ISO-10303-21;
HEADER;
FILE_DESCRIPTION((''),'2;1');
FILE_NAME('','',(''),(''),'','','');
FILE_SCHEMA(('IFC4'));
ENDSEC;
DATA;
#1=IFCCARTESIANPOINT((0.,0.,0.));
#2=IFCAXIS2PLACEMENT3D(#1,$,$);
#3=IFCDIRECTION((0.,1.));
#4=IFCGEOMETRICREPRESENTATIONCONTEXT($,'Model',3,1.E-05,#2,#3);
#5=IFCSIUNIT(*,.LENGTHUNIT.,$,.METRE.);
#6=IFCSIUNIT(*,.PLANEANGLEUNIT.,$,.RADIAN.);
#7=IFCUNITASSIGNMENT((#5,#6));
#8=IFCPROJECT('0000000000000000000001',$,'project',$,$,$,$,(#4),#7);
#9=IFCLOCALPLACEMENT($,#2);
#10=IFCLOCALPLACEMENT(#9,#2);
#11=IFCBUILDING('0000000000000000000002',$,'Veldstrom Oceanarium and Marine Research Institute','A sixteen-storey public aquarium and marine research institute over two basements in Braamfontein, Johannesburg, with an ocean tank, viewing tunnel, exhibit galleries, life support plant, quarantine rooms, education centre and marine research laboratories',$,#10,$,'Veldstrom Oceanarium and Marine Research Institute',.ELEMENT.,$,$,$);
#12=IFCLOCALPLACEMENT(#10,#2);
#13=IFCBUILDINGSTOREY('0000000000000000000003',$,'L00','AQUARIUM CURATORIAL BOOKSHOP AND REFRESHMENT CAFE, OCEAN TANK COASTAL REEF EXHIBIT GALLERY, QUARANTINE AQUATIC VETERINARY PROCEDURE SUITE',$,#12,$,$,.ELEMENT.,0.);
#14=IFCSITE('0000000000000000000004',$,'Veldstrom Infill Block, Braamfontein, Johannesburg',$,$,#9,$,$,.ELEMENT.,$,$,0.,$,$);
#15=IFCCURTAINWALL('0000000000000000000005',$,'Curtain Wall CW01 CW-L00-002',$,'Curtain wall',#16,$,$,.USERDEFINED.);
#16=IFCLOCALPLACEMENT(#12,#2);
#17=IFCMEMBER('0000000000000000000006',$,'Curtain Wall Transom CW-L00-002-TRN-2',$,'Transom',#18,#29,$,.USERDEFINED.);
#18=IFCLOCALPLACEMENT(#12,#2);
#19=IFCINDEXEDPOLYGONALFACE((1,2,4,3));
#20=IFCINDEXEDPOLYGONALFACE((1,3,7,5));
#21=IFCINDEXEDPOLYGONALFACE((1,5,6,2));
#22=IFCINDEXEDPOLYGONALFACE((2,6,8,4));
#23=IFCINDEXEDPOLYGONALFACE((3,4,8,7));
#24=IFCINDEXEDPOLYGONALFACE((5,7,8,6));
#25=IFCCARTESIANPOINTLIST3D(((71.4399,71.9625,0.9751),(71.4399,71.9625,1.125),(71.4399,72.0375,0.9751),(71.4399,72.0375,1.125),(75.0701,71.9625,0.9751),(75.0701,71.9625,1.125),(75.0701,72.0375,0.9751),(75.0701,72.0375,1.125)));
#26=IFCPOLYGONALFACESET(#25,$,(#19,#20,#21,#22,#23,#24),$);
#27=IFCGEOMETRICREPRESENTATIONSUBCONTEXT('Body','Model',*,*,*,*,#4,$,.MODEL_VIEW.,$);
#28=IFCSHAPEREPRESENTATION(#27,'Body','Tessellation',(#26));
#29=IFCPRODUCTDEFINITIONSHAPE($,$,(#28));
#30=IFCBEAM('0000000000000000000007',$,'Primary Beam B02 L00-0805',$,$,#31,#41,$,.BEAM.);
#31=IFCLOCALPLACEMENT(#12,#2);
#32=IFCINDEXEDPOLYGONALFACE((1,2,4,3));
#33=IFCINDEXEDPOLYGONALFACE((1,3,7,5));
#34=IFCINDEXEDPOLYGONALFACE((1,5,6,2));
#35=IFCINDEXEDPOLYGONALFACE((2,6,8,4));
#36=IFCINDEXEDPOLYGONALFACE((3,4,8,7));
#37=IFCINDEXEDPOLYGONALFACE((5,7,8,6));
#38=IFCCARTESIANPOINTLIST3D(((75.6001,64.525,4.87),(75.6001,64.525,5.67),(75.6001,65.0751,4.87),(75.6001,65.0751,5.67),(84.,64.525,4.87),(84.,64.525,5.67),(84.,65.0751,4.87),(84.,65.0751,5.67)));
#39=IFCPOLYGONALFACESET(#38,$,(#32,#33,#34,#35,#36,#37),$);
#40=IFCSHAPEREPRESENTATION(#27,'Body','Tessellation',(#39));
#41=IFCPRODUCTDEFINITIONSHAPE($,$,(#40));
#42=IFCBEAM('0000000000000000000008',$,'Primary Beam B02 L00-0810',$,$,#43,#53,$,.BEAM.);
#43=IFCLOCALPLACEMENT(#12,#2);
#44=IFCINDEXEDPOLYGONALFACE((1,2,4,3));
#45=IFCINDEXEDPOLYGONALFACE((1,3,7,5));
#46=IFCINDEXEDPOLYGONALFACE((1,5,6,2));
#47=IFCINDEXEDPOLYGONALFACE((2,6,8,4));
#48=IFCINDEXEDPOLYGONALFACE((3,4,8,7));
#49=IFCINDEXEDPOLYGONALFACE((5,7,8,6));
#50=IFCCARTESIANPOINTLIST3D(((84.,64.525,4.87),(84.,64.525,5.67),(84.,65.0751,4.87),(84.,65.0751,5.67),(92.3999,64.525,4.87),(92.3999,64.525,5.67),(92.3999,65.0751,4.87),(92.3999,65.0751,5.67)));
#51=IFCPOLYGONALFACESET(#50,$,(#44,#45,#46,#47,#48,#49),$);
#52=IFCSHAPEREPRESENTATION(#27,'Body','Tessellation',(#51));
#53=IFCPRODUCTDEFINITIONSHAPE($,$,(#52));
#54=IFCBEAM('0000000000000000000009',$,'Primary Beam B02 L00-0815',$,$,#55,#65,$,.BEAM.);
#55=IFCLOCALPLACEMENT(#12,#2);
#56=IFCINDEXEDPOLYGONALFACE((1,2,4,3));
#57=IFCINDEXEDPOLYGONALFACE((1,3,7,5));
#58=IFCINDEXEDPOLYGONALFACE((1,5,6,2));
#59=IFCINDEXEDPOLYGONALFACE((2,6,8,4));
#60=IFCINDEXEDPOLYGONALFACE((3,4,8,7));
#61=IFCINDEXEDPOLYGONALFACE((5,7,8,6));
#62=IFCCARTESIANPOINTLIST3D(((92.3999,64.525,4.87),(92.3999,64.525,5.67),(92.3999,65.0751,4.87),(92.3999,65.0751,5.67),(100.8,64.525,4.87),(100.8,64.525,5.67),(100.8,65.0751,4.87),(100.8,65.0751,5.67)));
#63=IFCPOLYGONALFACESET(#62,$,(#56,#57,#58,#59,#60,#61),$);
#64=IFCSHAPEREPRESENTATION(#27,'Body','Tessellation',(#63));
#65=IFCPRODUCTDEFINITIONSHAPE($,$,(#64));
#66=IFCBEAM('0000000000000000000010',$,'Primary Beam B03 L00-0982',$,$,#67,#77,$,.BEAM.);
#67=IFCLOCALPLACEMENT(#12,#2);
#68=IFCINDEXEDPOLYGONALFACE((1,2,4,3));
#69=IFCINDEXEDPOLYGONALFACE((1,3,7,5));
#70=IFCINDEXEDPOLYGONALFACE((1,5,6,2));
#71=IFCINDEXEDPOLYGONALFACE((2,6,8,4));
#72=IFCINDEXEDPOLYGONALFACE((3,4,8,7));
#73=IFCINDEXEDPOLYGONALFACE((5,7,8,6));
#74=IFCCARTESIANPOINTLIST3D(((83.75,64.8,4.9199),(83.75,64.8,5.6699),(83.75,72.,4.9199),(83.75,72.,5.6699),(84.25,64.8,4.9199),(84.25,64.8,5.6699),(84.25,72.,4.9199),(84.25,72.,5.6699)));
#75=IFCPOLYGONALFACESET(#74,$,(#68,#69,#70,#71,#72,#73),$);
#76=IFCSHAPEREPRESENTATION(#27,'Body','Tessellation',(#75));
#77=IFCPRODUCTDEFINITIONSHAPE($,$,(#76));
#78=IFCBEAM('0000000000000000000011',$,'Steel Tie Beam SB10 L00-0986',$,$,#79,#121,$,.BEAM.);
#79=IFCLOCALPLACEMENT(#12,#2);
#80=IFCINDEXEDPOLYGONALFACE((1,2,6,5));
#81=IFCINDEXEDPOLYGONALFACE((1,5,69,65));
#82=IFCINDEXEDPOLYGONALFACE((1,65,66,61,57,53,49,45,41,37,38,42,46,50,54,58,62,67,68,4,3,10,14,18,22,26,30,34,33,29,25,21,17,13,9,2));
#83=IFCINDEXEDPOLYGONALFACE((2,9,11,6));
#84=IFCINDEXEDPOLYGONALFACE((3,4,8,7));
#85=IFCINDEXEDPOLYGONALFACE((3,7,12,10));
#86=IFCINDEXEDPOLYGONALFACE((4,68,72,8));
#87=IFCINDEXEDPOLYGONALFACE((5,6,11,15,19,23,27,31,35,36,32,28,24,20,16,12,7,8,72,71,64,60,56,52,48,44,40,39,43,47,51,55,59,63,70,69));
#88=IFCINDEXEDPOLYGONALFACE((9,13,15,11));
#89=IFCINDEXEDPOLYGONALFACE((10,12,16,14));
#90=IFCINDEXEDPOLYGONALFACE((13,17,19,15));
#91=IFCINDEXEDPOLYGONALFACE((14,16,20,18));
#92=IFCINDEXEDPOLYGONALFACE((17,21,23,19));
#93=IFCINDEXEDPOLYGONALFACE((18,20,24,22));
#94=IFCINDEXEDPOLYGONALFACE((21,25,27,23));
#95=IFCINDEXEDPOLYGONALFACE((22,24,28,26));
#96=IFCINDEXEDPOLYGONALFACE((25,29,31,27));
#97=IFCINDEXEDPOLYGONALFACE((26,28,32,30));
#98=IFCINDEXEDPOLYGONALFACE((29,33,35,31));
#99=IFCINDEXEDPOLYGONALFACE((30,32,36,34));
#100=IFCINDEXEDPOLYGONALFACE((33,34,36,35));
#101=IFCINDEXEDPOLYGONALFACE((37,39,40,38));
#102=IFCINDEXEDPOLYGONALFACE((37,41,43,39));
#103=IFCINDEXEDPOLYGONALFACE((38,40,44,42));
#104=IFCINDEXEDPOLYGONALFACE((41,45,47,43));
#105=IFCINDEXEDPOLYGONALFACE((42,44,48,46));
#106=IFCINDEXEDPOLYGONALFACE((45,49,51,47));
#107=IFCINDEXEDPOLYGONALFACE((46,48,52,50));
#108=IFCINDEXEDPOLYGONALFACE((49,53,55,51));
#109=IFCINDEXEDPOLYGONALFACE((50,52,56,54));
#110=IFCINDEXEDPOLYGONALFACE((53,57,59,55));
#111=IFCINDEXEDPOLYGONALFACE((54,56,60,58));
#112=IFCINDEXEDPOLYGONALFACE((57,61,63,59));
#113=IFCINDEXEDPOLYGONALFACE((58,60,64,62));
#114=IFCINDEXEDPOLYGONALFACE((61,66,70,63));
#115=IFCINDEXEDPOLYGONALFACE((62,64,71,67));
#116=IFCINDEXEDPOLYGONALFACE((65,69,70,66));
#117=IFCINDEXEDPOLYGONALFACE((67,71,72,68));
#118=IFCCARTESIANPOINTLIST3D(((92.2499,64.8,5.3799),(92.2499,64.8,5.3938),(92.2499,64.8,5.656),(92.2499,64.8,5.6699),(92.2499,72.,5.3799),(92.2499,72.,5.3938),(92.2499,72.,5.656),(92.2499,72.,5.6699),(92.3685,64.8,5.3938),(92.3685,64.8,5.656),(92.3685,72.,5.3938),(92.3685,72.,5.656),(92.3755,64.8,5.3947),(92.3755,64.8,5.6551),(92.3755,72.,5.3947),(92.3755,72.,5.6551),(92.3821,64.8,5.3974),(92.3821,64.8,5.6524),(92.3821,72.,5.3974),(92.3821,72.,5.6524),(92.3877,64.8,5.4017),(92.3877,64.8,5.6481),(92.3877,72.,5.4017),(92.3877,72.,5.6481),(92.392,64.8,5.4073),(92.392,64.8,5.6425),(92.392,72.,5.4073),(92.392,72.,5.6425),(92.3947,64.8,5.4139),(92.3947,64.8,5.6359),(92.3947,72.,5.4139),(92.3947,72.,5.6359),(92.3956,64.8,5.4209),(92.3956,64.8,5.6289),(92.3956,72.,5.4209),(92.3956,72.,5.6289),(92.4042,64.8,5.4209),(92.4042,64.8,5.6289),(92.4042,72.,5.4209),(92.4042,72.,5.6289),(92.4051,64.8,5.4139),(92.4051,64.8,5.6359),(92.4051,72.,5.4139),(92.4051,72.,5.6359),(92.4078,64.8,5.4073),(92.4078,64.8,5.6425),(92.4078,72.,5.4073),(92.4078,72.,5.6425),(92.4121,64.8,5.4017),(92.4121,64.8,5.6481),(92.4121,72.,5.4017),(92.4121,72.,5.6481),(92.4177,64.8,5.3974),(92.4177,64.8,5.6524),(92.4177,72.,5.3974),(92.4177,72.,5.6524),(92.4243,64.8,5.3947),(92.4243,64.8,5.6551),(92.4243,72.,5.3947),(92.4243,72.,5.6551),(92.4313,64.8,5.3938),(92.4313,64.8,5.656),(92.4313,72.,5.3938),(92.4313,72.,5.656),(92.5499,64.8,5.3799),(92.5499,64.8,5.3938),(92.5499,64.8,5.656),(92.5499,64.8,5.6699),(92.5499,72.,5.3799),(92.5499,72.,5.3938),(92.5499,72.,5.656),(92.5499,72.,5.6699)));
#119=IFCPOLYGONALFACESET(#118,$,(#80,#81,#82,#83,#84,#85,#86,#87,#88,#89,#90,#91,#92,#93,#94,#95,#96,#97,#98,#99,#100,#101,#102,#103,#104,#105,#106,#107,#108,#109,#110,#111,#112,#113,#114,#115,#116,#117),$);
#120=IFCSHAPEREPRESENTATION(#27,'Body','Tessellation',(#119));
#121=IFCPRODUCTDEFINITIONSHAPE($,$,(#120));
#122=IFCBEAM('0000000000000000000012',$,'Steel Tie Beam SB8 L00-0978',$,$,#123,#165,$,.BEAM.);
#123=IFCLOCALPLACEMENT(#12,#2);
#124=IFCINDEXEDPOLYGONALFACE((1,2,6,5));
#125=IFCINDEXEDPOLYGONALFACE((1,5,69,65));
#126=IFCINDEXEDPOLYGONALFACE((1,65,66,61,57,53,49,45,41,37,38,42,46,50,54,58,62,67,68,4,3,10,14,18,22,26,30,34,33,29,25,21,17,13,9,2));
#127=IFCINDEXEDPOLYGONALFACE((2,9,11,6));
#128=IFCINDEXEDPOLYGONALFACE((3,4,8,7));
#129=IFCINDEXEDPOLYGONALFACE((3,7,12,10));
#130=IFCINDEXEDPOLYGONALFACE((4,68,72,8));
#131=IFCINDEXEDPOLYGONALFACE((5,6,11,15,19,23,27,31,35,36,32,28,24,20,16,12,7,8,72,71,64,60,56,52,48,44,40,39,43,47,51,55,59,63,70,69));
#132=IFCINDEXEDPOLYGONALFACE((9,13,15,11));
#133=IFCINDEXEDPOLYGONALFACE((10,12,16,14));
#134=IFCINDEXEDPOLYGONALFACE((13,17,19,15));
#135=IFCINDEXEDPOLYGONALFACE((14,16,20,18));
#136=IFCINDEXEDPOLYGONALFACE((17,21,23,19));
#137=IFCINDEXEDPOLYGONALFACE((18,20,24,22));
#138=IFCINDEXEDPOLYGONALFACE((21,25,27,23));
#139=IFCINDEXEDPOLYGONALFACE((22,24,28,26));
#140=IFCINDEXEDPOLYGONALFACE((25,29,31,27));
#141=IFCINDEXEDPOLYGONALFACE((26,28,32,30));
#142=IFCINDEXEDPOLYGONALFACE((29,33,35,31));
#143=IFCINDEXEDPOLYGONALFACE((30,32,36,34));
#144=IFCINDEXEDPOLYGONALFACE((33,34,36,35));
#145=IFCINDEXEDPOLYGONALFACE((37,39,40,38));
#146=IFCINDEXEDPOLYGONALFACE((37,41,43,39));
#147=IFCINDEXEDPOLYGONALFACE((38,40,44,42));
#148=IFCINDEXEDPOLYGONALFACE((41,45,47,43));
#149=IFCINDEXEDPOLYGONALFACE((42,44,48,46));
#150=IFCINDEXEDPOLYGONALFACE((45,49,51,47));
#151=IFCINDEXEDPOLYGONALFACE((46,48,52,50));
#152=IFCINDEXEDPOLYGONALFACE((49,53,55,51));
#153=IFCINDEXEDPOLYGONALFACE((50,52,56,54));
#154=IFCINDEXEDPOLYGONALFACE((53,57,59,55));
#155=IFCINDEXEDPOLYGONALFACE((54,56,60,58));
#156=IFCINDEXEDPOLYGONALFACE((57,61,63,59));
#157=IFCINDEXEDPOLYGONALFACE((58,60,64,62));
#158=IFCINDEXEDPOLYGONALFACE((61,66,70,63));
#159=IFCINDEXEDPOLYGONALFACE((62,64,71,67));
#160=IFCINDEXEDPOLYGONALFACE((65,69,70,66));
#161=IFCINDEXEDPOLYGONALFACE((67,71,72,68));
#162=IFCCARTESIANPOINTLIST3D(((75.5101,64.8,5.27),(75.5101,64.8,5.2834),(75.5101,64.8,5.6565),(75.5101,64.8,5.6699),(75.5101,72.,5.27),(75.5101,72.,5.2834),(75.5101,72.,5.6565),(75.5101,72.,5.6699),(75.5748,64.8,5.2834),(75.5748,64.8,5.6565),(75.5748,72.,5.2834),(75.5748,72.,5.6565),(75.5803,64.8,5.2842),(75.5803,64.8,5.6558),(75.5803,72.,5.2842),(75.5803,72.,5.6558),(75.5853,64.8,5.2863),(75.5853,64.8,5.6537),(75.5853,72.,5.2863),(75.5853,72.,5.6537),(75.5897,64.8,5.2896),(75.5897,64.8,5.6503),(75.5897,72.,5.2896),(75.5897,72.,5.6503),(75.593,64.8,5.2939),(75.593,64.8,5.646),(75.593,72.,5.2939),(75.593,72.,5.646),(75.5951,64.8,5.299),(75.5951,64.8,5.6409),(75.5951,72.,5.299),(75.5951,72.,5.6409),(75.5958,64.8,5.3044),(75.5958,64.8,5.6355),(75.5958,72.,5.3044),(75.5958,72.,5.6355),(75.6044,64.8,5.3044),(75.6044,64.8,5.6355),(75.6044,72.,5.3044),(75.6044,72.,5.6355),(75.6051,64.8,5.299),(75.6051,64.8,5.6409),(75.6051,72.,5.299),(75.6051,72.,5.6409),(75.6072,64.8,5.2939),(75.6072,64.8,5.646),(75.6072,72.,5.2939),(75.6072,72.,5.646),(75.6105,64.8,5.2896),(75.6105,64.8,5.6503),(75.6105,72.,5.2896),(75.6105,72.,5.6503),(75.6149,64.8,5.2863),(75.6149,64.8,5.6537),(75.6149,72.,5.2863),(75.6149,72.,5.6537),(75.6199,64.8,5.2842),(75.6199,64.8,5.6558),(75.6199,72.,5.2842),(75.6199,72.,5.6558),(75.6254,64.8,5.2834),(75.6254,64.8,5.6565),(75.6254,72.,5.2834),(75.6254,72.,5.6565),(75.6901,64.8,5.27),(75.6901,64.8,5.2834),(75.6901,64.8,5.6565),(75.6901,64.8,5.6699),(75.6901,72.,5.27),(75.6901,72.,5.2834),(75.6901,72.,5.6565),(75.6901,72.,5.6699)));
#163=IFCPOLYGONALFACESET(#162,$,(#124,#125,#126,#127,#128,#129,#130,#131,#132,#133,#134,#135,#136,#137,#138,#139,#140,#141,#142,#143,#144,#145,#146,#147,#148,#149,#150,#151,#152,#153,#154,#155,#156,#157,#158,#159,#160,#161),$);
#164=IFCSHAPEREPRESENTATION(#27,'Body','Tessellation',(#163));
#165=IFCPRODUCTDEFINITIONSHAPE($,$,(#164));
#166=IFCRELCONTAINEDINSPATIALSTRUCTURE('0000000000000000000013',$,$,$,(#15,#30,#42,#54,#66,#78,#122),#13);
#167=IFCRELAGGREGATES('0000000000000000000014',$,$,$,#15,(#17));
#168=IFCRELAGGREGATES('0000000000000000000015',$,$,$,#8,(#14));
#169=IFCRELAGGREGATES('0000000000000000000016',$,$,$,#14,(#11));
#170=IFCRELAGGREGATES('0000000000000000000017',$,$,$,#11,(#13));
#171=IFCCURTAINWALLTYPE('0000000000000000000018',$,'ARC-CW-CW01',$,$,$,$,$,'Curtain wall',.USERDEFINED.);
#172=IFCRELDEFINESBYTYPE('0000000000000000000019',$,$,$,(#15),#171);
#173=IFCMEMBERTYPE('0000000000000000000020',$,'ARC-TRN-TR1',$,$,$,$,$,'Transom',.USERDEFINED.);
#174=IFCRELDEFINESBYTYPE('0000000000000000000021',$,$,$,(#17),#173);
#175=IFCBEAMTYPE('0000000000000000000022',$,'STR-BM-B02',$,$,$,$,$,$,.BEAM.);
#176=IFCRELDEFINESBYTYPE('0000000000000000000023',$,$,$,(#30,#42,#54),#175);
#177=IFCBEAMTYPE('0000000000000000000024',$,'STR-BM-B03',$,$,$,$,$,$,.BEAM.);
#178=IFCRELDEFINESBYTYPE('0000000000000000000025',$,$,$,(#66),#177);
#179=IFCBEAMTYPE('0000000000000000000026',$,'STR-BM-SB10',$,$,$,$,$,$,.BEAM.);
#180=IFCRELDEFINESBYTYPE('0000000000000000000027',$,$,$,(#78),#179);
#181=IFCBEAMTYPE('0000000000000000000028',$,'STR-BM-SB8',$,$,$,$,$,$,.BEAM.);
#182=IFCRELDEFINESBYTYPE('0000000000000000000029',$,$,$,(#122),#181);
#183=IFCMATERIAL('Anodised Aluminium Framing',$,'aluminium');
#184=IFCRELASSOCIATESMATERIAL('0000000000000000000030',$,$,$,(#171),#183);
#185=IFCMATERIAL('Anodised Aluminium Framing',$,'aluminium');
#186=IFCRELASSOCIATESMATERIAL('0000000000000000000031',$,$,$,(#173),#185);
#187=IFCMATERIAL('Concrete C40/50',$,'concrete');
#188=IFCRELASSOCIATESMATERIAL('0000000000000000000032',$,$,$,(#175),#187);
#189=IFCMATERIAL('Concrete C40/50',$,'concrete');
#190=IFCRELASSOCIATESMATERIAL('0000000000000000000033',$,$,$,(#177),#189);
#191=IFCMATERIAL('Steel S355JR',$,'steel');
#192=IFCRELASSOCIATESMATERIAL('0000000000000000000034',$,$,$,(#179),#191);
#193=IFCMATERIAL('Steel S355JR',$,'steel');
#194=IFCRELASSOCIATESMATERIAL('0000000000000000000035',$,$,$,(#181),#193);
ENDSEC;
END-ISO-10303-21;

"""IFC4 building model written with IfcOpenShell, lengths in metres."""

from ifc_helpers import new_model, si_unit, direction, frame, origin, origin_2d, place, context, subcontext, project, spatial, rectangle, i_section, extrude, material, material_profile, profile_set, type_object, element, aggregate, save


model = new_model("IFC4")

# Units and contexts
model_context = context("Model", 3, precision=1e-05, world=origin(), true_north=direction((0.0, 1.0)))
body_context = subcontext(model_context, "Body", "Model", "MODEL_VIEW")
ifc_project = project(units=[si_unit("LENGTHUNIT", "METRE"), si_unit("PLANEANGLEUNIT", "RADIAN")], contexts=[model_context])

# Site, building, storey
site_placement = place(None, origin())
site = spatial("IfcSite", under=ifc_project, at=site_placement, Name="Veldstrom Infill Block, Braamfontein, Johannesburg", CompositionType="ELEMENT", RefElevation=0.0)
building_placement = place(site_placement, origin())
building = spatial("IfcBuilding", under=site, at=building_placement, Name="Veldstrom Oceanarium and Marine Research Institute", Description="A sixteen-storey public aquarium and marine research institute over two basements in Braamfontein, Johannesburg, with an ocean tank, viewing tunnel, exhibit galleries, life support plant, quarantine rooms, education centre and marine research laboratories", LongName="Veldstrom Oceanarium and Marine Research Institute", CompositionType="ELEMENT")
storey_placement = place(building_placement, origin())
storey = spatial("IfcBuildingStorey", under=building, at=storey_placement, Name="L00", Description="AQUARIUM CURATORIAL BOOKSHOP AND REFRESHMENT CAFE, OCEAN TANK COASTAL REEF EXHIBIT GALLERY, QUARANTINE AQUATIC VETERINARY PROCEDURE SUITE", CompositionType="ELEMENT", Elevation=0.0)

# Curtain wall, member
ifc_material_1 = material(Name="Anodised Aluminium Framing", Category="aluminium")
curtain_wall_type = type_object("IfcCurtainWallType", Name="ARC-CW-CW01", ElementType="Curtain wall", PredefinedType="USERDEFINED", material=ifc_material_1)
curtain_wall_placement = place(storey_placement, origin())
curtain_wall = element("IfcCurtainWall", 1, at=curtain_wall_placement, inside=storey, type_object=curtain_wall_type, Name="Curtain Wall CW01 CW-L00-002", ObjectType="Curtain wall", PredefinedType="USERDEFINED")
ifc_material_2 = material(Name="Anodised Aluminium Framing", Category="aluminium")
ifc_material_profile_1 = material_profile(ifc_material_2, rectangle(XDim=0.075, YDim=0.1499, at=origin_2d()), Name="ALU-TRN-75x150")
ifc_profile_set_1 = profile_set([ifc_material_profile_1], Name="Anodised Aluminium Framing")
member_type_1 = type_object("IfcMemberType", Name="ARC-TRN-TR1", ElementType="Transom", PredefinedType="USERDEFINED", material=ifc_profile_set_1)
member_1_placement = place(storey_placement, frame((71.4399, 72.0, 1.05), z_axis=(1.0, 0.0, 0.0), x_axis=(0.0, 1.0, 0.0)))
member_1 = element("IfcMember", 2, at=member_1_placement, type_object=member_type_1, Name="Curtain Wall Transom CW-L00-002-TRN-2", ObjectType="Transom", PredefinedType="USERDEFINED", context=body_context, shape_type="SweptSolid", body=[
    extrude(rectangle(XDim=0.075, YDim=0.1499, at=origin_2d()), origin(), (0.0, 0.0, 1.0), 3.6301),
])

# Beams
ifc_material_3 = material(Name="Concrete C40/50", Category="concrete")
ifc_material_profile_2 = material_profile(ifc_material_3, rectangle(XDim=0.55, YDim=0.8, at=origin_2d()), Name="RC-BM-550x800")
ifc_profile_set_2 = profile_set([ifc_material_profile_2], Name="Concrete C40/50")
beam_type_1 = type_object("IfcBeamType", Name="STR-BM-B02", PredefinedType="BEAM", material=ifc_profile_set_2)
for number, where, z_axis, x_axis, name in (
    (3, (75.6001, 64.8, 5.27), (1.0, 0.0, 0.0), (0.0, 1.0, 0.0), "Primary Beam B02 L00-0805"),
    (4, (84.0, 64.8, 5.27), (1.0, 0.0, 0.0), (0.0, 1.0, 0.0), "Primary Beam B02 L00-0810"),
):
    element("IfcBeam", number, at=place(storey_placement, frame(where, z_axis=z_axis, x_axis=x_axis)), inside=storey, type_object=beam_type_1, Name=name, PredefinedType="BEAM", context=body_context, shape_type="SweptSolid", body=[
        extrude(rectangle(XDim=0.55, YDim=0.8, at=origin_2d()), origin(), (0.0, 0.0, 1.0), 8.3999),
    ])
beam_1_placement = place(storey_placement, frame((92.3999, 64.8, 5.27), z_axis=(1.0, 0.0, 0.0), x_axis=(0.0, 1.0, 0.0)))
element("IfcBeam", 5, at=beam_1_placement, inside=storey, type_object=beam_type_1, Name="Primary Beam B02 L00-0815", PredefinedType="BEAM", context=body_context, shape_type="SweptSolid", body=[
    extrude(rectangle(XDim=0.55, YDim=0.8, at=origin_2d()), origin(), (0.0, 0.0, 1.0), 8.4001),
])
ifc_material_4 = material(Name="Concrete C40/50", Category="concrete")
ifc_material_profile_3 = material_profile(ifc_material_4, rectangle(XDim=0.5, YDim=0.75, at=origin_2d()), Name="RC-BM-500x750")
ifc_profile_set_3 = profile_set([ifc_material_profile_3], Name="Concrete C40/50")
beam_type_2 = type_object("IfcBeamType", Name="STR-BM-B03", PredefinedType="BEAM", material=ifc_profile_set_3)
beam_2_placement = place(storey_placement, frame((84.0, 64.8, 5.2949), z_axis=(0.0, 1.0, 0.0), x_axis=(-1.0, 0.0, 0.0)))
element("IfcBeam", 6, at=beam_2_placement, inside=storey, type_object=beam_type_2, Name="Primary Beam B03 L00-0982", PredefinedType="BEAM", context=body_context, shape_type="SweptSolid", body=[
    extrude(rectangle(XDim=0.5, YDim=0.75, at=origin_2d()), origin(), (0.0, 0.0, 1.0), 7.2),
])
ifc_material_5 = material(Name="Steel S355JR", Category="steel")
ifc_material_profile_4 = material_profile(ifc_material_5, i_section(OverallWidth=0.3, OverallDepth=0.29, WebThickness=0.0085, FlangeThickness=0.0139, FilletRadius=0.0271, at=origin_2d()), Name="HEA 300")
ifc_profile_set_4 = profile_set([ifc_material_profile_4], Name="Steel S355JR")
beam_type_3 = type_object("IfcBeamType", Name="STR-BM-SB10", PredefinedType="BEAM", material=ifc_profile_set_4)
beam_3_placement = place(storey_placement, frame((92.3999, 64.8, 5.5249), z_axis=(0.0, 1.0, 0.0), x_axis=(-1.0, 0.0, 0.0)))
element("IfcBeam", 7, at=beam_3_placement, inside=storey, type_object=beam_type_3, Name="Steel Tie Beam SB10 L00-0986", PredefinedType="BEAM", context=body_context, shape_type="SweptSolid", body=[
    extrude(i_section(OverallWidth=0.3, OverallDepth=0.29, WebThickness=0.0085, FlangeThickness=0.0139, FilletRadius=0.0271, at=origin_2d()), origin(), (0.0, 0.0, 1.0), 7.2),
])
ifc_material_6 = material(Name="Steel S355JR", Category="steel")
ifc_material_profile_5 = material_profile(ifc_material_6, i_section(OverallWidth=0.1799, OverallDepth=0.3999, WebThickness=0.0085, FlangeThickness=0.0134, FilletRadius=0.021, at=origin_2d()), Name="IPE 400")
ifc_profile_set_5 = profile_set([ifc_material_profile_5], Name="Steel S355JR")
beam_type_4 = type_object("IfcBeamType", Name="STR-BM-SB8", PredefinedType="BEAM", material=ifc_profile_set_5)
beam_4_placement = place(storey_placement, frame((75.6001, 64.8, 5.47), z_axis=(0.0, 1.0, 0.0), x_axis=(-1.0, 0.0, 0.0)))
element("IfcBeam", 8, at=beam_4_placement, inside=storey, type_object=beam_type_4, Name="Steel Tie Beam SB8 L00-0978", PredefinedType="BEAM", context=body_context, shape_type="SweptSolid", body=[
    extrude(i_section(OverallWidth=0.1799, OverallDepth=0.3999, WebThickness=0.0085, FlangeThickness=0.0134, FilletRadius=0.021, at=origin_2d()), origin(), (0.0, 0.0, 1.0), 7.2),
])

aggregate(curtain_wall, [member_1])

save(model, "model.ifc")
